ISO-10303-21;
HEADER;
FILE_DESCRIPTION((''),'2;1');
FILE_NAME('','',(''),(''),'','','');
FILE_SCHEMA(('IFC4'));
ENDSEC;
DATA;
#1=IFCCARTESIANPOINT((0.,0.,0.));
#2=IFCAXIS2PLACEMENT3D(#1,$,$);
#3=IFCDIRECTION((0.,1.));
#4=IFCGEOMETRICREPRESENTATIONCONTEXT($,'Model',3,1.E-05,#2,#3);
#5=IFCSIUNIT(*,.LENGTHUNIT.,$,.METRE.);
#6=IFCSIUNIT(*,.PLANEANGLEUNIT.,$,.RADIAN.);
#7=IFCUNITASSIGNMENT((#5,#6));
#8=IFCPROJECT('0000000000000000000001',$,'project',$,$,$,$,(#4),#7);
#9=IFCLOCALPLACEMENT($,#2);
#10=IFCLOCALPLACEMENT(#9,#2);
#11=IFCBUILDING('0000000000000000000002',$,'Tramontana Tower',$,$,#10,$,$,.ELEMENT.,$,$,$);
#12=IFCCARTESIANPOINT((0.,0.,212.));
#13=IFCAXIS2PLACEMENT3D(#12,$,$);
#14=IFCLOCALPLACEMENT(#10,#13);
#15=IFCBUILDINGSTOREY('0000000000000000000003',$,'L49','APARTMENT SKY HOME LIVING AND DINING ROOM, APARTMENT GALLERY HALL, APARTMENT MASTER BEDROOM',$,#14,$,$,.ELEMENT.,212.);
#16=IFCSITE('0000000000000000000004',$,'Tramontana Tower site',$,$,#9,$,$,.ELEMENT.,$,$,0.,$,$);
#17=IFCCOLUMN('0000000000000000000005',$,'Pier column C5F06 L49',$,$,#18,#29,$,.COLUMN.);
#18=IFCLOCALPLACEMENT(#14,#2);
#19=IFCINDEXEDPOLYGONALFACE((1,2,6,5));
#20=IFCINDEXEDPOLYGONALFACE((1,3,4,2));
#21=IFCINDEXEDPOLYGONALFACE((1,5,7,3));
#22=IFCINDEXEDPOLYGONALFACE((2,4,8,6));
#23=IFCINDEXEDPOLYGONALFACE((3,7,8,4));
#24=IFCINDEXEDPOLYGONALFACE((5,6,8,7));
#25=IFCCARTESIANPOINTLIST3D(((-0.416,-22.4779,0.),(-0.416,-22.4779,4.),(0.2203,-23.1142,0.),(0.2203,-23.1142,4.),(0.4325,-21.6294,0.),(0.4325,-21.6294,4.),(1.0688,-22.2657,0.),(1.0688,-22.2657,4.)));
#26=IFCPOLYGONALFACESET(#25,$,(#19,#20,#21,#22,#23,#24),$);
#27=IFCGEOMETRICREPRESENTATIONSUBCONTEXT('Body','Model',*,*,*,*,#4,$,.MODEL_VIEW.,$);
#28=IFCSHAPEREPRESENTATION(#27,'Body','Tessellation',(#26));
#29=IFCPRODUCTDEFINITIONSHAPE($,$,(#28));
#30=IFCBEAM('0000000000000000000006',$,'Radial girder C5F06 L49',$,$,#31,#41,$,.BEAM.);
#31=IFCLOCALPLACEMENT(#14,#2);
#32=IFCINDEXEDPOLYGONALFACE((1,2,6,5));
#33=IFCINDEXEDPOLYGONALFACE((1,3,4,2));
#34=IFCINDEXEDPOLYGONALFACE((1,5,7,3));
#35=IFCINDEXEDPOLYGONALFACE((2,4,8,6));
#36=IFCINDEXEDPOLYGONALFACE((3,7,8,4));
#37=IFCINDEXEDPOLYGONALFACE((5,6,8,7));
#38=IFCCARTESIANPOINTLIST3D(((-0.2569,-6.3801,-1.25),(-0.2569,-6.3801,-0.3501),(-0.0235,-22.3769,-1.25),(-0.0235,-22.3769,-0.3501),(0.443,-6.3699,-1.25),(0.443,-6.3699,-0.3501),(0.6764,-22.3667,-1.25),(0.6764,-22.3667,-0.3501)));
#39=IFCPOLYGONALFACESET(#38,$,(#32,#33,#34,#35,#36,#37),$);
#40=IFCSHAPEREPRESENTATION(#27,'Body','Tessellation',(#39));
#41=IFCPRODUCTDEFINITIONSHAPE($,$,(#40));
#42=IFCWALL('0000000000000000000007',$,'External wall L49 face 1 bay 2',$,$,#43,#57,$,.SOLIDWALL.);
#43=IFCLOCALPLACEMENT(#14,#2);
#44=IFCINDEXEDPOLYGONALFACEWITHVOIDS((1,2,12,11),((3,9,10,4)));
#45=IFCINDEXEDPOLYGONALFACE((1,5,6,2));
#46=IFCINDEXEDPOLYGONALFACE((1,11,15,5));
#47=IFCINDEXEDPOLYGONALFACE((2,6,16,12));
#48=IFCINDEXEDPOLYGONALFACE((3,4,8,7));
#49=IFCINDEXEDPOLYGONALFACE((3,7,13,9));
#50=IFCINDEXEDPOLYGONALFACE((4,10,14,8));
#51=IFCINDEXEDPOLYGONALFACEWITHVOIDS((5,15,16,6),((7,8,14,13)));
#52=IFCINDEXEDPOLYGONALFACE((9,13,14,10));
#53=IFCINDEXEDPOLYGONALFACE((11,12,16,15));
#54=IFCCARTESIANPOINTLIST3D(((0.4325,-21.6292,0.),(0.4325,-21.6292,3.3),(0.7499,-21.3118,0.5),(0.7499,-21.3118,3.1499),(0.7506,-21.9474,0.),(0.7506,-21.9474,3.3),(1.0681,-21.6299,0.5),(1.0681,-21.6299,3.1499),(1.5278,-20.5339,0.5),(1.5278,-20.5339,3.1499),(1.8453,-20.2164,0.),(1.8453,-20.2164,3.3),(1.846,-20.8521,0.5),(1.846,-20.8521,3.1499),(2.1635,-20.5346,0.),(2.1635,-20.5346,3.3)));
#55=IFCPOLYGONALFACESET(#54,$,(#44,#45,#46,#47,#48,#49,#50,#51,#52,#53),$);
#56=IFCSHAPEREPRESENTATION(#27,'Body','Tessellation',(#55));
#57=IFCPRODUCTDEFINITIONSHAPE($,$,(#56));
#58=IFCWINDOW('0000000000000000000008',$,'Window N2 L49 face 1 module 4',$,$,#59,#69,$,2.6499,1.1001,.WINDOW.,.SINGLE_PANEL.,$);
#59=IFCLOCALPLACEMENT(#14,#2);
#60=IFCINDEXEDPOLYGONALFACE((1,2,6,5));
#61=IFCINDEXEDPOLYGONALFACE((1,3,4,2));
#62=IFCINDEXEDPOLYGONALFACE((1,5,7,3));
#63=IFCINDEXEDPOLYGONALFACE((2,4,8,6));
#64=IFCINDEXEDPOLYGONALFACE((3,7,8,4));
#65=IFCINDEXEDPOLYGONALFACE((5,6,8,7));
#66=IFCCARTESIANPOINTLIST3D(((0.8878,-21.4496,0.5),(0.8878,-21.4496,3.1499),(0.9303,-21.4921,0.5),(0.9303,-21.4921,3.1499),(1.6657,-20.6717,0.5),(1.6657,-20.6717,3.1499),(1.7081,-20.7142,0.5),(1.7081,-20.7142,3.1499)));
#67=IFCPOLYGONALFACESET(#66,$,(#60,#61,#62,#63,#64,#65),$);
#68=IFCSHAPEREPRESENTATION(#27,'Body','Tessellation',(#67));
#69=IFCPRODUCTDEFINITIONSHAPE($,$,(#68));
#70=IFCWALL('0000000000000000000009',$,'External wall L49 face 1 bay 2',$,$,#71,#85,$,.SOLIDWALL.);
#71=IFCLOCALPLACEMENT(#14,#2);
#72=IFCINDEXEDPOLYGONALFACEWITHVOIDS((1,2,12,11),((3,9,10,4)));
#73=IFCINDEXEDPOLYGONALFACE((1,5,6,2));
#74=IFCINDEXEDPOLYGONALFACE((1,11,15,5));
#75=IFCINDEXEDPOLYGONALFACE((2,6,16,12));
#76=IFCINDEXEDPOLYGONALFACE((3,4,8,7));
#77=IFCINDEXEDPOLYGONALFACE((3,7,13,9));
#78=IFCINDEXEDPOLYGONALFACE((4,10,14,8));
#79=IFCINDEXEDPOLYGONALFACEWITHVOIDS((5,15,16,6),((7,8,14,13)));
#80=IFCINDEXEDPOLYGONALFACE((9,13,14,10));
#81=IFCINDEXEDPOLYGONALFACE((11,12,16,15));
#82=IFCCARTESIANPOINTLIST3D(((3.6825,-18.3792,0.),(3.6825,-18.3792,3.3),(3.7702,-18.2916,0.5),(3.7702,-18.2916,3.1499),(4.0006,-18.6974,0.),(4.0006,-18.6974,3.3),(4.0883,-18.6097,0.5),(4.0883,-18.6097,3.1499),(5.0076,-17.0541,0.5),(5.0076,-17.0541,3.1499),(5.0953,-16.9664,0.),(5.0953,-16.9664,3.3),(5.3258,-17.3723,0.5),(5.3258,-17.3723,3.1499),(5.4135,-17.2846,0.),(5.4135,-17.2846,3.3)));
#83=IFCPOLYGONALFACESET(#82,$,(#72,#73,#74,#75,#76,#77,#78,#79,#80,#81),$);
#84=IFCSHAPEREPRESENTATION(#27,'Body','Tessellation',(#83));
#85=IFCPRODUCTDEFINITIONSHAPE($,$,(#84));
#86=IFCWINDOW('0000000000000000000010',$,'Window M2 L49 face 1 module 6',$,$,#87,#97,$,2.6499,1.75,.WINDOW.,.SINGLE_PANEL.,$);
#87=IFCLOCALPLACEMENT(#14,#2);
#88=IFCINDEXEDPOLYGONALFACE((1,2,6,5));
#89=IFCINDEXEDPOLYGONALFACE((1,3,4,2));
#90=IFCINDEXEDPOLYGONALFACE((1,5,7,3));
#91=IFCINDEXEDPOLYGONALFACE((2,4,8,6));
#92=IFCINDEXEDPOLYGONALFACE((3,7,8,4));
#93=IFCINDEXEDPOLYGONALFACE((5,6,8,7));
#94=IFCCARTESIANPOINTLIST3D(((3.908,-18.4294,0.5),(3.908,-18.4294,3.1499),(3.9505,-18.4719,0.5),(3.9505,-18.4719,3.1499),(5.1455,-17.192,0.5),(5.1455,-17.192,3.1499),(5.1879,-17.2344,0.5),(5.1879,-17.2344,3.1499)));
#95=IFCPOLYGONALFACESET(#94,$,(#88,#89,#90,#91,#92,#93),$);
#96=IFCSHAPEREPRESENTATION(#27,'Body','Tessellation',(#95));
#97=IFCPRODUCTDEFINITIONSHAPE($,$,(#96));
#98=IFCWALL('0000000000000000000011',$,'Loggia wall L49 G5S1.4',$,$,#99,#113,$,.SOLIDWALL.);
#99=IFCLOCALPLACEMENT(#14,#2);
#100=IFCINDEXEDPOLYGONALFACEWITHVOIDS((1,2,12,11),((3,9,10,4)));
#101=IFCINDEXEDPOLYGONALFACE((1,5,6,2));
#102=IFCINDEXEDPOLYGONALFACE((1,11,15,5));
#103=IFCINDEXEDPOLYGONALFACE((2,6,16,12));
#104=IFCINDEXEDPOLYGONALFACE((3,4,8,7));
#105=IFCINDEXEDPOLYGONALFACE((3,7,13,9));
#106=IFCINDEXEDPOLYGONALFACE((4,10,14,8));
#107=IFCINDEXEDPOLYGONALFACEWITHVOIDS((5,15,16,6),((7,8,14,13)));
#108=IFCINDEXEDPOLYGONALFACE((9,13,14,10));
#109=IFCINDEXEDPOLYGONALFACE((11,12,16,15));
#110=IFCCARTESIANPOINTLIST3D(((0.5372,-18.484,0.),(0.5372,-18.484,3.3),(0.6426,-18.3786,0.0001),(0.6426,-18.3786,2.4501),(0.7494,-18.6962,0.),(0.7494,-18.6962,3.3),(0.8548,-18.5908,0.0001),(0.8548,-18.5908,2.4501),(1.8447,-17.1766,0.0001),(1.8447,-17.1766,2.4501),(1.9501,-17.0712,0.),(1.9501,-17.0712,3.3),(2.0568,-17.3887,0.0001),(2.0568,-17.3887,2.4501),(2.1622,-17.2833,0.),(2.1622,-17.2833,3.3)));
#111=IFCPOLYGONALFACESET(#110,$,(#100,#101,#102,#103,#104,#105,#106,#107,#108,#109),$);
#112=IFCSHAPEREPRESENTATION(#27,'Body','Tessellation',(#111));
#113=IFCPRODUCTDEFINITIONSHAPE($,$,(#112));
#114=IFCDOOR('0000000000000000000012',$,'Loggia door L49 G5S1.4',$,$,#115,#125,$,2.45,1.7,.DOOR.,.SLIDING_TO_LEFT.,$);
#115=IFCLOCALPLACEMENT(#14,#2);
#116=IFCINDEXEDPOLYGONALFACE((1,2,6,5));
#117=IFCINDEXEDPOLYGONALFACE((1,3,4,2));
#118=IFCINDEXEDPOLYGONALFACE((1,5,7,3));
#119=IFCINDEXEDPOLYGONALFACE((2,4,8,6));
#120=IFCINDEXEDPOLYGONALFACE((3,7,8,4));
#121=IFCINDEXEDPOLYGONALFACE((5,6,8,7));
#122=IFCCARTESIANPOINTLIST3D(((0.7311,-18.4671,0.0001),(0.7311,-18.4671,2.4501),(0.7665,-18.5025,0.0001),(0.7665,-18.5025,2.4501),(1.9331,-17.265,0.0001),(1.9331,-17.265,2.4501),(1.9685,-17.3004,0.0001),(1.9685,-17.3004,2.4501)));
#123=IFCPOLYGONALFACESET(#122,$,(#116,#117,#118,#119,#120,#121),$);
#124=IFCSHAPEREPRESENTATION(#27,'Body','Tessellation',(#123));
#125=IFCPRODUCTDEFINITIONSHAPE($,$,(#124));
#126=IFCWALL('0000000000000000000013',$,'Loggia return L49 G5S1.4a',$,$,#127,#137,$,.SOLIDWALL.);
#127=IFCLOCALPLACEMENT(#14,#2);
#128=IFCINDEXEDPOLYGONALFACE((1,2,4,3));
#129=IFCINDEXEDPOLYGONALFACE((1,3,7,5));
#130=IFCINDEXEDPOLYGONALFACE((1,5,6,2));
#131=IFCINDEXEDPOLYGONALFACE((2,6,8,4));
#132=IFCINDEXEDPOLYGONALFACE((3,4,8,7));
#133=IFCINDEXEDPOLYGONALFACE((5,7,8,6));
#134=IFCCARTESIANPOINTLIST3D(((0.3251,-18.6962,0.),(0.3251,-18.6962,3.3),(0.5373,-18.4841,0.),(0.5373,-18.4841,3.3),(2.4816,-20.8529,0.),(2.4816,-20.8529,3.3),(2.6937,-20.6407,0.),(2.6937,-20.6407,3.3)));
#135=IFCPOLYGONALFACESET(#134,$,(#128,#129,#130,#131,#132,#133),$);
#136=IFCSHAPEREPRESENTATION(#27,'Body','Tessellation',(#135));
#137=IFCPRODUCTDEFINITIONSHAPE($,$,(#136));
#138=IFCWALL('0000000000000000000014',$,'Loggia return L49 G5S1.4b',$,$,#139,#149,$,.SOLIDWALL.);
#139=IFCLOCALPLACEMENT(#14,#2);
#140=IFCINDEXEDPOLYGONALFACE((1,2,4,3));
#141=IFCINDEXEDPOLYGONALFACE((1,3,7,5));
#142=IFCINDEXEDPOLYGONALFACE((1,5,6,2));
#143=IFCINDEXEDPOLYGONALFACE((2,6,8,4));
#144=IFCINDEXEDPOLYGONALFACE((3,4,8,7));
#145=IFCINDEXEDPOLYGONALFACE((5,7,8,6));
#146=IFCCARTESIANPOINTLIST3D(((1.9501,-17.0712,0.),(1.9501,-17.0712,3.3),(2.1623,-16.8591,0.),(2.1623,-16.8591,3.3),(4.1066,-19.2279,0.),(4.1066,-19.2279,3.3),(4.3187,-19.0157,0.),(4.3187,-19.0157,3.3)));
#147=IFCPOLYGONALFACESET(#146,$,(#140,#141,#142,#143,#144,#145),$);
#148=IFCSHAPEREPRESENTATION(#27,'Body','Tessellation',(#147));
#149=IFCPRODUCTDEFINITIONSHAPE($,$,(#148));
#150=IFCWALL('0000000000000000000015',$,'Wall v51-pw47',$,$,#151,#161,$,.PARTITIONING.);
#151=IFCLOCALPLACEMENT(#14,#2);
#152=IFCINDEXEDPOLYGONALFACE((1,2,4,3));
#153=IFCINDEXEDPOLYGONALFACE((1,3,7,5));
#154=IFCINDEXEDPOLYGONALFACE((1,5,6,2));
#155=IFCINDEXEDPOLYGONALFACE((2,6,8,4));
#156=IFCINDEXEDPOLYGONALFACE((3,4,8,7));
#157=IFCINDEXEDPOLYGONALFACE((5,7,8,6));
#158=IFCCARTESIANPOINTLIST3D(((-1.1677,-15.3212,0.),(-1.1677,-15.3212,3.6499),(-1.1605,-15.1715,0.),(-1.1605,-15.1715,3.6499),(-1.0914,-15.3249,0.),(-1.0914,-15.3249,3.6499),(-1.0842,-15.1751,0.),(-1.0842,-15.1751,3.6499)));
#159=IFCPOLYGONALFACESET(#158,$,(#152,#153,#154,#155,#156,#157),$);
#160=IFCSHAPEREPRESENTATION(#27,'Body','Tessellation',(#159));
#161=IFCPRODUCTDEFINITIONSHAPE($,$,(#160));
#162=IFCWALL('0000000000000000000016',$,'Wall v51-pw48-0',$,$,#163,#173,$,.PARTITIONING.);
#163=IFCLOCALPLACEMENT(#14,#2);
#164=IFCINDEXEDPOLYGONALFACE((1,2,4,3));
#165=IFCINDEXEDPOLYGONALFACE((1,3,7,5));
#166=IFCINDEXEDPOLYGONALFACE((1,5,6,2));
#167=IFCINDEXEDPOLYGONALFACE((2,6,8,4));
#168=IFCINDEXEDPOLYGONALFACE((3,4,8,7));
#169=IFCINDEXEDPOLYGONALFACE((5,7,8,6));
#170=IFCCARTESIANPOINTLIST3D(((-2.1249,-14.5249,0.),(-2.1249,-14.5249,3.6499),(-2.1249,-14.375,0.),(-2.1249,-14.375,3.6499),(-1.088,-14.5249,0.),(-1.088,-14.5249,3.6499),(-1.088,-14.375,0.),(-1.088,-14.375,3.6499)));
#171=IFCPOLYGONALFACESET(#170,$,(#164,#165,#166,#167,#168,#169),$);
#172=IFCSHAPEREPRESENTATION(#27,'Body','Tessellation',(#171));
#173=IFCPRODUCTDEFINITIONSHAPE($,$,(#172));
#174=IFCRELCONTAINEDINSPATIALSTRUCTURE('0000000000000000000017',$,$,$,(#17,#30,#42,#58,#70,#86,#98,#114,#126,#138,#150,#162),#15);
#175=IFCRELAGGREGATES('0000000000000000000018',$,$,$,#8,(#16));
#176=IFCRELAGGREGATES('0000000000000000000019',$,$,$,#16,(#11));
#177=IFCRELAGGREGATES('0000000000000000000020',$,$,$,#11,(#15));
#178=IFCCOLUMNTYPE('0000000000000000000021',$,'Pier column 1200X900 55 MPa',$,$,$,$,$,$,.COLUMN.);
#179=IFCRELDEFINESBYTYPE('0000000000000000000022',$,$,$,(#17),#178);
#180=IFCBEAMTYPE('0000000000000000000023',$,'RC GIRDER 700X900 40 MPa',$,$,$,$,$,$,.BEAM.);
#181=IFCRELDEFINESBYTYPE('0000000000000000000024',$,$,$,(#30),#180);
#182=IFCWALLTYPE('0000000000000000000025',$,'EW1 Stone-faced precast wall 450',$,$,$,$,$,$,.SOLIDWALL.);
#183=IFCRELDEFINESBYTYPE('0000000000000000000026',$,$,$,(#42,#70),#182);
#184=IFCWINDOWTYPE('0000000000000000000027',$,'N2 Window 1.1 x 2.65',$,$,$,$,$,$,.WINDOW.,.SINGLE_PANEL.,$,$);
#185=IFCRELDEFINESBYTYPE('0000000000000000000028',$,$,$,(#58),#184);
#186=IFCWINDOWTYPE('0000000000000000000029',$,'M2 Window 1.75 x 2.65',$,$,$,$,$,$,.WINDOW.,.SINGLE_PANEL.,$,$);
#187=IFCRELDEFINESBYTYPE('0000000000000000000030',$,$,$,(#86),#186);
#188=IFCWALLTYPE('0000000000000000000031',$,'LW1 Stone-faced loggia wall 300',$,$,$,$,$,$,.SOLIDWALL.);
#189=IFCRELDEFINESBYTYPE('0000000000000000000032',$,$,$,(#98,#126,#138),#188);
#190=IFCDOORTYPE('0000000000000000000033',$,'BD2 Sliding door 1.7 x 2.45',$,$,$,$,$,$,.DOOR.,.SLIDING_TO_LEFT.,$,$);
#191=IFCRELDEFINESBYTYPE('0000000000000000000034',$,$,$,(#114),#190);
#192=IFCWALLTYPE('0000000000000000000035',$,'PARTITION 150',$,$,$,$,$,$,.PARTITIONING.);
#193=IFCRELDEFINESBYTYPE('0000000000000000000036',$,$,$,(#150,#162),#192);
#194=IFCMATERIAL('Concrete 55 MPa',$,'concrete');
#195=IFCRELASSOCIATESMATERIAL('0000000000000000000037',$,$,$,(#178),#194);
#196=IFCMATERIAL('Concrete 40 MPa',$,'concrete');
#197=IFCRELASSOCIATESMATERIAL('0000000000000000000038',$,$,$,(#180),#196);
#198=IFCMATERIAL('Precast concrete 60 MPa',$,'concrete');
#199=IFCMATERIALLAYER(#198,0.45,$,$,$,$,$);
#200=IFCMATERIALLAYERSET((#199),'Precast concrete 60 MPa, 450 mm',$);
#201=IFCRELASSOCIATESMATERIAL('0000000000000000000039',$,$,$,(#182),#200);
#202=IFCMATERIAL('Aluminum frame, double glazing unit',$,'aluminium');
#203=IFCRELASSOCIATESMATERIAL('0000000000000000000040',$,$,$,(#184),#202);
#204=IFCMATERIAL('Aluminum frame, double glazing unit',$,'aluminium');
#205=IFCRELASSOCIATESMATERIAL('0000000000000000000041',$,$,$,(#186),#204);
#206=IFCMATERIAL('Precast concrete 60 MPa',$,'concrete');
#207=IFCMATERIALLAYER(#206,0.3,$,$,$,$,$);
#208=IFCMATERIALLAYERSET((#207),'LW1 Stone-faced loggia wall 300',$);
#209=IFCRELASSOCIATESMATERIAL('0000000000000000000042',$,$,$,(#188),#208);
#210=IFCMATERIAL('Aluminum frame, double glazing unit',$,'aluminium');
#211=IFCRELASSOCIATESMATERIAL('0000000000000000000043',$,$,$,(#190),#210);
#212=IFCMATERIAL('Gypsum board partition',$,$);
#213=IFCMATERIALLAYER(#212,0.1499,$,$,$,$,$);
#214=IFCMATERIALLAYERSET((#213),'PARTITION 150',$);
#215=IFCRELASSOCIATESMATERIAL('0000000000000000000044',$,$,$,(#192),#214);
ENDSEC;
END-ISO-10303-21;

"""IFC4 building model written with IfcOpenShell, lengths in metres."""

from ifc_helpers import new_model, si_unit, direction, frame, frame_2d, origin, origin_2d, place, context, subcontext, project, spatial, rectangle, extrude, material, layer, layer_set, material_profile, profile_set, type_object, element, fill, save


model = new_model("IFC4")

# Units and contexts
model_context = context("Model", 3, precision=1e-05, world=origin(), true_north=direction((0.0, 1.0)))
body_context = subcontext(model_context, "Body", "Model", "MODEL_VIEW")
ifc_project = project(units=[si_unit("LENGTHUNIT", "METRE"), si_unit("PLANEANGLEUNIT", "RADIAN")], contexts=[model_context])

# Site, building, storey
site_placement = place(None, origin())
site = spatial("IfcSite", under=ifc_project, at=site_placement, Name="Tramontana Tower site", CompositionType="ELEMENT", RefElevation=0.0)
building_placement = place(site_placement, origin())
building = spatial("IfcBuilding", under=site, at=building_placement, Name="Tramontana Tower", CompositionType="ELEMENT")
storey_placement = place(building_placement, frame((0.0, 0.0, 212.0)))
storey = spatial("IfcBuildingStorey", under=building, at=storey_placement, Name="L49", Description="APARTMENT SKY HOME LIVING AND DINING ROOM, APARTMENT GALLERY HALL, APARTMENT MASTER BEDROOM", CompositionType="ELEMENT", Elevation=212.0)

# Column
ifc_material_1 = material(Name="Concrete 55 MPa", Category="concrete")
ifc_material_profile_1 = material_profile(ifc_material_1, rectangle(XDim=1.2, YDim=0.8999, at=origin_2d()), Name="Pier column 1200X900 55 MPa")
ifc_profile_set_1 = profile_set([ifc_material_profile_1], Name="Concrete 55 MPa")
column_type = type_object("IfcColumnType", Name="Pier column 1200X900 55 MPa", PredefinedType="COLUMN", material=ifc_profile_set_1)
column_placement = place(storey_placement, frame((0.3264, -22.3718, 0.0), z_axis=(0.0, 0.0, 1.0), x_axis=(0.707107, 0.707107, 0.0)))
element("IfcColumn", 1, at=column_placement, inside=storey, type_object=column_type, Name="Pier column C5F06 L49", PredefinedType="COLUMN", context=body_context, shape_type="SweptSolid", body=[
    extrude(rectangle(XDim=1.2, YDim=0.8999, at=origin_2d()), origin(), (0.0, 0.0, 1.0), 4.0),
])

# Beam
ifc_material_2 = material(Name="Concrete 40 MPa", Category="concrete")
ifc_material_profile_2 = material_profile(ifc_material_2, rectangle(XDim=0.7, YDim=0.8999, at=origin_2d()), Name="RC GIRDER 700X900 40 MPa")
ifc_profile_set_2 = profile_set([ifc_material_profile_2], Name="Concrete 40 MPa")
beam_type = type_object("IfcBeamType", Name="RC GIRDER 700X900 40 MPa", PredefinedType="BEAM", material=ifc_profile_set_2)
beam_placement = place(storey_placement, frame((0.3264, -22.3718, -0.8), z_axis=(-0.014589, 0.999894, 0.0), x_axis=(-0.999894, -0.014589, 0.0)))
element("IfcBeam", 2, at=beam_placement, inside=storey, type_object=beam_type, Name="Radial girder C5F06 L49", PredefinedType="BEAM", context=body_context, shape_type="SweptSolid", body=[
    extrude(rectangle(XDim=0.7, YDim=0.8999, at=origin_2d()), origin(), (0.0, 0.0, 1.0), 15.9985),
])

# Walls, openings, windows
ifc_material_3 = material(Name="Precast concrete 60 MPa", Category="concrete")
ifc_layer_1 = layer(ifc_material_3, 0.45)
ifc_layer_set_1 = layer_set([ifc_layer_1], Name="Precast concrete 60 MPa, 450 mm")
wall_type_1 = type_object("IfcWallType", Name="EW1 Stone-faced precast wall 450", PredefinedType="SOLIDWALL", material=ifc_layer_set_1)
wall_1_placement = place(storey_placement, frame((0.5916, -21.7883, 0.0), z_axis=(0.0, 0.0, 1.0), x_axis=(0.707107, 0.707107, 0.0)))
wall_1 = element("IfcWall", 3, at=wall_1_placement, inside=storey, type_object=wall_type_1, Name="External wall L49 face 1 bay 2", PredefinedType="SOLIDWALL", context=body_context, shape_type="SweptSolid", body=[
    extrude(rectangle(XDim=1.998, YDim=0.45, at=frame_2d((0.999, 0.0))), origin(), (0.0, 0.0, 1.0), 3.3),
])
opening_1_placement = place(wall_1_placement, frame((0.449, 0.0, 0.5)))
opening_1 = element("IfcOpeningElement", 4, at=opening_1_placement, cuts=wall_1, PredefinedType="OPENING", context=body_context, shape_type="SweptSolid", body=[
    extrude(rectangle(XDim=1.1001, YDim=2.6499, at=frame_2d((0.55, 1.325))), frame((0.0, 0.2349, 0.0), z_axis=(0.0, -1.0, 0.0), x_axis=(1.0, 0.0, 0.0)), (0.0, 0.0, 1.0), 0.47),
])
ifc_material_4 = material(Name="Aluminum frame, double glazing unit", Category="aluminium")
window_type_1 = type_object("IfcWindowType", Name="N2 Window 1.1 x 2.65", PartitioningType="SINGLE_PANEL", PredefinedType="WINDOW", material=ifc_material_4)
window_1_placement = place(opening_1_placement, origin())
window_1 = element("IfcWindow", 5, at=window_1_placement, inside=storey, type_object=window_type_1, Name="Window N2 L49 face 1 module 4", OverallHeight=2.6499, OverallWidth=1.1001, PartitioningType="SINGLE_PANEL", PredefinedType="WINDOW", context=body_context, shape_type="SweptSolid", body=[
    extrude(rectangle(XDim=1.1001, YDim=2.6499, at=frame_2d((0.55, 1.325))), frame((0.0, 0.03, 0.0), z_axis=(0.0, -1.0, 0.0), x_axis=(1.0, 0.0, 0.0)), (0.0, 0.0, 1.0), 0.0601),
])
fill(opening_1, window_1)
wall_2_placement = place(storey_placement, frame((3.8416, -18.5383, 0.0), z_axis=(0.0, 0.0, 1.0), x_axis=(0.707107, 0.707107, 0.0)))
wall_2 = element("IfcWall", 6, at=wall_2_placement, inside=storey, type_object=wall_type_1, Name="External wall L49 face 1 bay 2", PredefinedType="SOLIDWALL", context=body_context, shape_type="SweptSolid", body=[
    extrude(rectangle(XDim=1.998, YDim=0.45, at=frame_2d((0.999, 0.0))), origin(), (0.0, 0.0, 1.0), 3.3),
])
opening_2_placement = place(wall_2_placement, frame((0.124, 0.0, 0.5)))
opening_2 = element("IfcOpeningElement", 7, at=opening_2_placement, cuts=wall_2, PredefinedType="OPENING", context=body_context, shape_type="SweptSolid", body=[
    extrude(rectangle(XDim=1.75, YDim=2.6499, at=frame_2d((0.875, 1.325))), frame((0.0, 0.2349, 0.0), z_axis=(0.0, -1.0, 0.0), x_axis=(1.0, 0.0, 0.0)), (0.0, 0.0, 1.0), 0.47),
])
ifc_material_5 = material(Name="Aluminum frame, double glazing unit", Category="aluminium")
window_type_2 = type_object("IfcWindowType", Name="M2 Window 1.75 x 2.65", PartitioningType="SINGLE_PANEL", PredefinedType="WINDOW", material=ifc_material_5)
window_2_placement = place(opening_2_placement, origin())
window_2 = element("IfcWindow", 8, at=window_2_placement, inside=storey, type_object=window_type_2, Name="Window M2 L49 face 1 module 6", OverallHeight=2.6499, OverallWidth=1.75, PartitioningType="SINGLE_PANEL", PredefinedType="WINDOW", context=body_context, shape_type="SweptSolid", body=[
    extrude(rectangle(XDim=1.75, YDim=2.6499, at=frame_2d((0.875, 1.325))), frame((0.0, 0.03, 0.0), z_axis=(0.0, -1.0, 0.0), x_axis=(1.0, 0.0, 0.0)), (0.0, 0.0, 1.0), 0.0601),
])
fill(opening_2, window_2)

# Wall, opening, door
ifc_material_6 = material(Name="Precast concrete 60 MPa", Category="concrete")
ifc_layer_2 = layer(ifc_material_6, 0.3)
ifc_layer_set_2 = layer_set([ifc_layer_2], Name="LW1 Stone-faced loggia wall 300")
wall_type_2 = type_object("IfcWallType", Name="LW1 Stone-faced loggia wall 300", PredefinedType="SOLIDWALL", material=ifc_layer_set_2)
wall_3_placement = place(storey_placement, frame((0.6433, -18.5901, 0.0), z_axis=(0.0, 0.0, 1.0), x_axis=(0.707107, 0.707107, 0.0)))
wall_3 = element("IfcWall", 9, at=wall_3_placement, inside=storey, type_object=wall_type_2, Name="Loggia wall L49 G5S1.4", PredefinedType="SOLIDWALL", context=body_context, shape_type="SweptSolid", body=[
    extrude(rectangle(XDim=1.998, YDim=0.3, at=frame_2d((0.999, 0.0))), origin(), (0.0, 0.0, 1.0), 3.3),
])
opening_3_placement = place(wall_3_placement, frame((0.1489, 0.0, 0.0)))
opening_3 = element("IfcOpeningElement", 10, at=opening_3_placement, cuts=wall_3, PredefinedType="OPENING", context=body_context, shape_type="SweptSolid", body=[
    extrude(rectangle(XDim=1.7, YDim=2.45, at=frame_2d((0.8501, 1.2251))), frame((0.0, 0.1599, 0.0), z_axis=(0.0, -1.0, 0.0), x_axis=(1.0, 0.0, 0.0)), (0.0, 0.0, 1.0), 0.3201),
])
ifc_material_7 = material(Name="Aluminum frame, double glazing unit", Category="aluminium")
door_type_1 = type_object("IfcDoorType", Name="BD2 Sliding door 1.7 x 2.45", OperationType="SLIDING_TO_LEFT", PredefinedType="DOOR", material=ifc_material_7)
door_1_placement = place(opening_3_placement, origin())
door_1 = element("IfcDoor", 11, at=door_1_placement, inside=storey, type_object=door_type_1, Name="Loggia door L49 G5S1.4", OperationType="SLIDING_TO_LEFT", OverallHeight=2.45, OverallWidth=1.7, PredefinedType="DOOR", context=body_context, shape_type="SweptSolid", body=[
    extrude(rectangle(XDim=1.7, YDim=2.45, at=frame_2d((0.8501, 1.2251))), frame((0.0, 0.0249, 0.0), z_axis=(0.0, -1.0, 0.0), x_axis=(1.0, 0.0, 0.0)), (0.0, 0.0, 1.0), 0.05),
])
fill(opening_3, door_1)

# Walls
for number, where, z_axis, x_axis, name in (
    (12, (2.5876, -20.7468, 0.0), (0.0, 0.0, 1.0), (-0.707067, 0.707147, 0.0), "Loggia return L49 G5S1.4a"),
    (13, (4.2126, -19.1218, 0.0), (0.0, 0.0, 1.0), (-0.707067, 0.707147, 0.0), "Loggia return L49 G5S1.4b"),
):
    element("IfcWall", number, at=place(storey_placement, frame(where, z_axis=z_axis, x_axis=x_axis)), inside=storey, type_object=wall_type_2, Name=name, PredefinedType="SOLIDWALL", context=body_context, shape_type="SweptSolid", body=[
        extrude(rectangle(XDim=3.0498, YDim=0.3, at=frame_2d((1.5249, 0.0))), origin(), (0.0, 0.0, 1.0), 3.3),
    ])
ifc_material_8 = material(Name="Gypsum board partition")
ifc_layer_3 = layer(ifc_material_8, 0.1499)
ifc_layer_set_3 = layer_set([ifc_layer_3], Name="PARTITION 150")
wall_type_3 = type_object("IfcWallType", Name="PARTITION 150", PredefinedType="PARTITIONING", material=ifc_layer_set_3)
wall_4_placement = place(storey_placement, frame((-1.0879, -15.25, 0.0), z_axis=(0.0, 0.0, 1.0), x_axis=(-0.998854, 0.047868, 0.0)))
element("IfcWall", 14, at=wall_4_placement, inside=storey, type_object=wall_type_3, Name="Wall v51-pw47", PredefinedType="PARTITIONING", context=body_context, shape_type="SweptSolid", body=[
    extrude(rectangle(XDim=0.0764, YDim=0.1499, at=frame_2d((0.0381, 0.0))), origin(), (0.0, 0.0, 1.0), 3.6499),
])
wall_5_placement = place(storey_placement, frame((-1.0879, -14.45, 0.0), z_axis=(0.0, 0.0, 1.0), x_axis=(-1.0, 0.0, 0.0)))
element("IfcWall", 15, at=wall_5_placement, inside=storey, type_object=wall_type_3, Name="Wall v51-pw48-0", PredefinedType="PARTITIONING", context=body_context, shape_type="SweptSolid", body=[
    extrude(rectangle(XDim=1.0369, YDim=0.1499, at=frame_2d((0.5186, 0.0))), origin(), (0.0, 0.0, 1.0), 3.6499),
])

save(model, "model.ifc")
